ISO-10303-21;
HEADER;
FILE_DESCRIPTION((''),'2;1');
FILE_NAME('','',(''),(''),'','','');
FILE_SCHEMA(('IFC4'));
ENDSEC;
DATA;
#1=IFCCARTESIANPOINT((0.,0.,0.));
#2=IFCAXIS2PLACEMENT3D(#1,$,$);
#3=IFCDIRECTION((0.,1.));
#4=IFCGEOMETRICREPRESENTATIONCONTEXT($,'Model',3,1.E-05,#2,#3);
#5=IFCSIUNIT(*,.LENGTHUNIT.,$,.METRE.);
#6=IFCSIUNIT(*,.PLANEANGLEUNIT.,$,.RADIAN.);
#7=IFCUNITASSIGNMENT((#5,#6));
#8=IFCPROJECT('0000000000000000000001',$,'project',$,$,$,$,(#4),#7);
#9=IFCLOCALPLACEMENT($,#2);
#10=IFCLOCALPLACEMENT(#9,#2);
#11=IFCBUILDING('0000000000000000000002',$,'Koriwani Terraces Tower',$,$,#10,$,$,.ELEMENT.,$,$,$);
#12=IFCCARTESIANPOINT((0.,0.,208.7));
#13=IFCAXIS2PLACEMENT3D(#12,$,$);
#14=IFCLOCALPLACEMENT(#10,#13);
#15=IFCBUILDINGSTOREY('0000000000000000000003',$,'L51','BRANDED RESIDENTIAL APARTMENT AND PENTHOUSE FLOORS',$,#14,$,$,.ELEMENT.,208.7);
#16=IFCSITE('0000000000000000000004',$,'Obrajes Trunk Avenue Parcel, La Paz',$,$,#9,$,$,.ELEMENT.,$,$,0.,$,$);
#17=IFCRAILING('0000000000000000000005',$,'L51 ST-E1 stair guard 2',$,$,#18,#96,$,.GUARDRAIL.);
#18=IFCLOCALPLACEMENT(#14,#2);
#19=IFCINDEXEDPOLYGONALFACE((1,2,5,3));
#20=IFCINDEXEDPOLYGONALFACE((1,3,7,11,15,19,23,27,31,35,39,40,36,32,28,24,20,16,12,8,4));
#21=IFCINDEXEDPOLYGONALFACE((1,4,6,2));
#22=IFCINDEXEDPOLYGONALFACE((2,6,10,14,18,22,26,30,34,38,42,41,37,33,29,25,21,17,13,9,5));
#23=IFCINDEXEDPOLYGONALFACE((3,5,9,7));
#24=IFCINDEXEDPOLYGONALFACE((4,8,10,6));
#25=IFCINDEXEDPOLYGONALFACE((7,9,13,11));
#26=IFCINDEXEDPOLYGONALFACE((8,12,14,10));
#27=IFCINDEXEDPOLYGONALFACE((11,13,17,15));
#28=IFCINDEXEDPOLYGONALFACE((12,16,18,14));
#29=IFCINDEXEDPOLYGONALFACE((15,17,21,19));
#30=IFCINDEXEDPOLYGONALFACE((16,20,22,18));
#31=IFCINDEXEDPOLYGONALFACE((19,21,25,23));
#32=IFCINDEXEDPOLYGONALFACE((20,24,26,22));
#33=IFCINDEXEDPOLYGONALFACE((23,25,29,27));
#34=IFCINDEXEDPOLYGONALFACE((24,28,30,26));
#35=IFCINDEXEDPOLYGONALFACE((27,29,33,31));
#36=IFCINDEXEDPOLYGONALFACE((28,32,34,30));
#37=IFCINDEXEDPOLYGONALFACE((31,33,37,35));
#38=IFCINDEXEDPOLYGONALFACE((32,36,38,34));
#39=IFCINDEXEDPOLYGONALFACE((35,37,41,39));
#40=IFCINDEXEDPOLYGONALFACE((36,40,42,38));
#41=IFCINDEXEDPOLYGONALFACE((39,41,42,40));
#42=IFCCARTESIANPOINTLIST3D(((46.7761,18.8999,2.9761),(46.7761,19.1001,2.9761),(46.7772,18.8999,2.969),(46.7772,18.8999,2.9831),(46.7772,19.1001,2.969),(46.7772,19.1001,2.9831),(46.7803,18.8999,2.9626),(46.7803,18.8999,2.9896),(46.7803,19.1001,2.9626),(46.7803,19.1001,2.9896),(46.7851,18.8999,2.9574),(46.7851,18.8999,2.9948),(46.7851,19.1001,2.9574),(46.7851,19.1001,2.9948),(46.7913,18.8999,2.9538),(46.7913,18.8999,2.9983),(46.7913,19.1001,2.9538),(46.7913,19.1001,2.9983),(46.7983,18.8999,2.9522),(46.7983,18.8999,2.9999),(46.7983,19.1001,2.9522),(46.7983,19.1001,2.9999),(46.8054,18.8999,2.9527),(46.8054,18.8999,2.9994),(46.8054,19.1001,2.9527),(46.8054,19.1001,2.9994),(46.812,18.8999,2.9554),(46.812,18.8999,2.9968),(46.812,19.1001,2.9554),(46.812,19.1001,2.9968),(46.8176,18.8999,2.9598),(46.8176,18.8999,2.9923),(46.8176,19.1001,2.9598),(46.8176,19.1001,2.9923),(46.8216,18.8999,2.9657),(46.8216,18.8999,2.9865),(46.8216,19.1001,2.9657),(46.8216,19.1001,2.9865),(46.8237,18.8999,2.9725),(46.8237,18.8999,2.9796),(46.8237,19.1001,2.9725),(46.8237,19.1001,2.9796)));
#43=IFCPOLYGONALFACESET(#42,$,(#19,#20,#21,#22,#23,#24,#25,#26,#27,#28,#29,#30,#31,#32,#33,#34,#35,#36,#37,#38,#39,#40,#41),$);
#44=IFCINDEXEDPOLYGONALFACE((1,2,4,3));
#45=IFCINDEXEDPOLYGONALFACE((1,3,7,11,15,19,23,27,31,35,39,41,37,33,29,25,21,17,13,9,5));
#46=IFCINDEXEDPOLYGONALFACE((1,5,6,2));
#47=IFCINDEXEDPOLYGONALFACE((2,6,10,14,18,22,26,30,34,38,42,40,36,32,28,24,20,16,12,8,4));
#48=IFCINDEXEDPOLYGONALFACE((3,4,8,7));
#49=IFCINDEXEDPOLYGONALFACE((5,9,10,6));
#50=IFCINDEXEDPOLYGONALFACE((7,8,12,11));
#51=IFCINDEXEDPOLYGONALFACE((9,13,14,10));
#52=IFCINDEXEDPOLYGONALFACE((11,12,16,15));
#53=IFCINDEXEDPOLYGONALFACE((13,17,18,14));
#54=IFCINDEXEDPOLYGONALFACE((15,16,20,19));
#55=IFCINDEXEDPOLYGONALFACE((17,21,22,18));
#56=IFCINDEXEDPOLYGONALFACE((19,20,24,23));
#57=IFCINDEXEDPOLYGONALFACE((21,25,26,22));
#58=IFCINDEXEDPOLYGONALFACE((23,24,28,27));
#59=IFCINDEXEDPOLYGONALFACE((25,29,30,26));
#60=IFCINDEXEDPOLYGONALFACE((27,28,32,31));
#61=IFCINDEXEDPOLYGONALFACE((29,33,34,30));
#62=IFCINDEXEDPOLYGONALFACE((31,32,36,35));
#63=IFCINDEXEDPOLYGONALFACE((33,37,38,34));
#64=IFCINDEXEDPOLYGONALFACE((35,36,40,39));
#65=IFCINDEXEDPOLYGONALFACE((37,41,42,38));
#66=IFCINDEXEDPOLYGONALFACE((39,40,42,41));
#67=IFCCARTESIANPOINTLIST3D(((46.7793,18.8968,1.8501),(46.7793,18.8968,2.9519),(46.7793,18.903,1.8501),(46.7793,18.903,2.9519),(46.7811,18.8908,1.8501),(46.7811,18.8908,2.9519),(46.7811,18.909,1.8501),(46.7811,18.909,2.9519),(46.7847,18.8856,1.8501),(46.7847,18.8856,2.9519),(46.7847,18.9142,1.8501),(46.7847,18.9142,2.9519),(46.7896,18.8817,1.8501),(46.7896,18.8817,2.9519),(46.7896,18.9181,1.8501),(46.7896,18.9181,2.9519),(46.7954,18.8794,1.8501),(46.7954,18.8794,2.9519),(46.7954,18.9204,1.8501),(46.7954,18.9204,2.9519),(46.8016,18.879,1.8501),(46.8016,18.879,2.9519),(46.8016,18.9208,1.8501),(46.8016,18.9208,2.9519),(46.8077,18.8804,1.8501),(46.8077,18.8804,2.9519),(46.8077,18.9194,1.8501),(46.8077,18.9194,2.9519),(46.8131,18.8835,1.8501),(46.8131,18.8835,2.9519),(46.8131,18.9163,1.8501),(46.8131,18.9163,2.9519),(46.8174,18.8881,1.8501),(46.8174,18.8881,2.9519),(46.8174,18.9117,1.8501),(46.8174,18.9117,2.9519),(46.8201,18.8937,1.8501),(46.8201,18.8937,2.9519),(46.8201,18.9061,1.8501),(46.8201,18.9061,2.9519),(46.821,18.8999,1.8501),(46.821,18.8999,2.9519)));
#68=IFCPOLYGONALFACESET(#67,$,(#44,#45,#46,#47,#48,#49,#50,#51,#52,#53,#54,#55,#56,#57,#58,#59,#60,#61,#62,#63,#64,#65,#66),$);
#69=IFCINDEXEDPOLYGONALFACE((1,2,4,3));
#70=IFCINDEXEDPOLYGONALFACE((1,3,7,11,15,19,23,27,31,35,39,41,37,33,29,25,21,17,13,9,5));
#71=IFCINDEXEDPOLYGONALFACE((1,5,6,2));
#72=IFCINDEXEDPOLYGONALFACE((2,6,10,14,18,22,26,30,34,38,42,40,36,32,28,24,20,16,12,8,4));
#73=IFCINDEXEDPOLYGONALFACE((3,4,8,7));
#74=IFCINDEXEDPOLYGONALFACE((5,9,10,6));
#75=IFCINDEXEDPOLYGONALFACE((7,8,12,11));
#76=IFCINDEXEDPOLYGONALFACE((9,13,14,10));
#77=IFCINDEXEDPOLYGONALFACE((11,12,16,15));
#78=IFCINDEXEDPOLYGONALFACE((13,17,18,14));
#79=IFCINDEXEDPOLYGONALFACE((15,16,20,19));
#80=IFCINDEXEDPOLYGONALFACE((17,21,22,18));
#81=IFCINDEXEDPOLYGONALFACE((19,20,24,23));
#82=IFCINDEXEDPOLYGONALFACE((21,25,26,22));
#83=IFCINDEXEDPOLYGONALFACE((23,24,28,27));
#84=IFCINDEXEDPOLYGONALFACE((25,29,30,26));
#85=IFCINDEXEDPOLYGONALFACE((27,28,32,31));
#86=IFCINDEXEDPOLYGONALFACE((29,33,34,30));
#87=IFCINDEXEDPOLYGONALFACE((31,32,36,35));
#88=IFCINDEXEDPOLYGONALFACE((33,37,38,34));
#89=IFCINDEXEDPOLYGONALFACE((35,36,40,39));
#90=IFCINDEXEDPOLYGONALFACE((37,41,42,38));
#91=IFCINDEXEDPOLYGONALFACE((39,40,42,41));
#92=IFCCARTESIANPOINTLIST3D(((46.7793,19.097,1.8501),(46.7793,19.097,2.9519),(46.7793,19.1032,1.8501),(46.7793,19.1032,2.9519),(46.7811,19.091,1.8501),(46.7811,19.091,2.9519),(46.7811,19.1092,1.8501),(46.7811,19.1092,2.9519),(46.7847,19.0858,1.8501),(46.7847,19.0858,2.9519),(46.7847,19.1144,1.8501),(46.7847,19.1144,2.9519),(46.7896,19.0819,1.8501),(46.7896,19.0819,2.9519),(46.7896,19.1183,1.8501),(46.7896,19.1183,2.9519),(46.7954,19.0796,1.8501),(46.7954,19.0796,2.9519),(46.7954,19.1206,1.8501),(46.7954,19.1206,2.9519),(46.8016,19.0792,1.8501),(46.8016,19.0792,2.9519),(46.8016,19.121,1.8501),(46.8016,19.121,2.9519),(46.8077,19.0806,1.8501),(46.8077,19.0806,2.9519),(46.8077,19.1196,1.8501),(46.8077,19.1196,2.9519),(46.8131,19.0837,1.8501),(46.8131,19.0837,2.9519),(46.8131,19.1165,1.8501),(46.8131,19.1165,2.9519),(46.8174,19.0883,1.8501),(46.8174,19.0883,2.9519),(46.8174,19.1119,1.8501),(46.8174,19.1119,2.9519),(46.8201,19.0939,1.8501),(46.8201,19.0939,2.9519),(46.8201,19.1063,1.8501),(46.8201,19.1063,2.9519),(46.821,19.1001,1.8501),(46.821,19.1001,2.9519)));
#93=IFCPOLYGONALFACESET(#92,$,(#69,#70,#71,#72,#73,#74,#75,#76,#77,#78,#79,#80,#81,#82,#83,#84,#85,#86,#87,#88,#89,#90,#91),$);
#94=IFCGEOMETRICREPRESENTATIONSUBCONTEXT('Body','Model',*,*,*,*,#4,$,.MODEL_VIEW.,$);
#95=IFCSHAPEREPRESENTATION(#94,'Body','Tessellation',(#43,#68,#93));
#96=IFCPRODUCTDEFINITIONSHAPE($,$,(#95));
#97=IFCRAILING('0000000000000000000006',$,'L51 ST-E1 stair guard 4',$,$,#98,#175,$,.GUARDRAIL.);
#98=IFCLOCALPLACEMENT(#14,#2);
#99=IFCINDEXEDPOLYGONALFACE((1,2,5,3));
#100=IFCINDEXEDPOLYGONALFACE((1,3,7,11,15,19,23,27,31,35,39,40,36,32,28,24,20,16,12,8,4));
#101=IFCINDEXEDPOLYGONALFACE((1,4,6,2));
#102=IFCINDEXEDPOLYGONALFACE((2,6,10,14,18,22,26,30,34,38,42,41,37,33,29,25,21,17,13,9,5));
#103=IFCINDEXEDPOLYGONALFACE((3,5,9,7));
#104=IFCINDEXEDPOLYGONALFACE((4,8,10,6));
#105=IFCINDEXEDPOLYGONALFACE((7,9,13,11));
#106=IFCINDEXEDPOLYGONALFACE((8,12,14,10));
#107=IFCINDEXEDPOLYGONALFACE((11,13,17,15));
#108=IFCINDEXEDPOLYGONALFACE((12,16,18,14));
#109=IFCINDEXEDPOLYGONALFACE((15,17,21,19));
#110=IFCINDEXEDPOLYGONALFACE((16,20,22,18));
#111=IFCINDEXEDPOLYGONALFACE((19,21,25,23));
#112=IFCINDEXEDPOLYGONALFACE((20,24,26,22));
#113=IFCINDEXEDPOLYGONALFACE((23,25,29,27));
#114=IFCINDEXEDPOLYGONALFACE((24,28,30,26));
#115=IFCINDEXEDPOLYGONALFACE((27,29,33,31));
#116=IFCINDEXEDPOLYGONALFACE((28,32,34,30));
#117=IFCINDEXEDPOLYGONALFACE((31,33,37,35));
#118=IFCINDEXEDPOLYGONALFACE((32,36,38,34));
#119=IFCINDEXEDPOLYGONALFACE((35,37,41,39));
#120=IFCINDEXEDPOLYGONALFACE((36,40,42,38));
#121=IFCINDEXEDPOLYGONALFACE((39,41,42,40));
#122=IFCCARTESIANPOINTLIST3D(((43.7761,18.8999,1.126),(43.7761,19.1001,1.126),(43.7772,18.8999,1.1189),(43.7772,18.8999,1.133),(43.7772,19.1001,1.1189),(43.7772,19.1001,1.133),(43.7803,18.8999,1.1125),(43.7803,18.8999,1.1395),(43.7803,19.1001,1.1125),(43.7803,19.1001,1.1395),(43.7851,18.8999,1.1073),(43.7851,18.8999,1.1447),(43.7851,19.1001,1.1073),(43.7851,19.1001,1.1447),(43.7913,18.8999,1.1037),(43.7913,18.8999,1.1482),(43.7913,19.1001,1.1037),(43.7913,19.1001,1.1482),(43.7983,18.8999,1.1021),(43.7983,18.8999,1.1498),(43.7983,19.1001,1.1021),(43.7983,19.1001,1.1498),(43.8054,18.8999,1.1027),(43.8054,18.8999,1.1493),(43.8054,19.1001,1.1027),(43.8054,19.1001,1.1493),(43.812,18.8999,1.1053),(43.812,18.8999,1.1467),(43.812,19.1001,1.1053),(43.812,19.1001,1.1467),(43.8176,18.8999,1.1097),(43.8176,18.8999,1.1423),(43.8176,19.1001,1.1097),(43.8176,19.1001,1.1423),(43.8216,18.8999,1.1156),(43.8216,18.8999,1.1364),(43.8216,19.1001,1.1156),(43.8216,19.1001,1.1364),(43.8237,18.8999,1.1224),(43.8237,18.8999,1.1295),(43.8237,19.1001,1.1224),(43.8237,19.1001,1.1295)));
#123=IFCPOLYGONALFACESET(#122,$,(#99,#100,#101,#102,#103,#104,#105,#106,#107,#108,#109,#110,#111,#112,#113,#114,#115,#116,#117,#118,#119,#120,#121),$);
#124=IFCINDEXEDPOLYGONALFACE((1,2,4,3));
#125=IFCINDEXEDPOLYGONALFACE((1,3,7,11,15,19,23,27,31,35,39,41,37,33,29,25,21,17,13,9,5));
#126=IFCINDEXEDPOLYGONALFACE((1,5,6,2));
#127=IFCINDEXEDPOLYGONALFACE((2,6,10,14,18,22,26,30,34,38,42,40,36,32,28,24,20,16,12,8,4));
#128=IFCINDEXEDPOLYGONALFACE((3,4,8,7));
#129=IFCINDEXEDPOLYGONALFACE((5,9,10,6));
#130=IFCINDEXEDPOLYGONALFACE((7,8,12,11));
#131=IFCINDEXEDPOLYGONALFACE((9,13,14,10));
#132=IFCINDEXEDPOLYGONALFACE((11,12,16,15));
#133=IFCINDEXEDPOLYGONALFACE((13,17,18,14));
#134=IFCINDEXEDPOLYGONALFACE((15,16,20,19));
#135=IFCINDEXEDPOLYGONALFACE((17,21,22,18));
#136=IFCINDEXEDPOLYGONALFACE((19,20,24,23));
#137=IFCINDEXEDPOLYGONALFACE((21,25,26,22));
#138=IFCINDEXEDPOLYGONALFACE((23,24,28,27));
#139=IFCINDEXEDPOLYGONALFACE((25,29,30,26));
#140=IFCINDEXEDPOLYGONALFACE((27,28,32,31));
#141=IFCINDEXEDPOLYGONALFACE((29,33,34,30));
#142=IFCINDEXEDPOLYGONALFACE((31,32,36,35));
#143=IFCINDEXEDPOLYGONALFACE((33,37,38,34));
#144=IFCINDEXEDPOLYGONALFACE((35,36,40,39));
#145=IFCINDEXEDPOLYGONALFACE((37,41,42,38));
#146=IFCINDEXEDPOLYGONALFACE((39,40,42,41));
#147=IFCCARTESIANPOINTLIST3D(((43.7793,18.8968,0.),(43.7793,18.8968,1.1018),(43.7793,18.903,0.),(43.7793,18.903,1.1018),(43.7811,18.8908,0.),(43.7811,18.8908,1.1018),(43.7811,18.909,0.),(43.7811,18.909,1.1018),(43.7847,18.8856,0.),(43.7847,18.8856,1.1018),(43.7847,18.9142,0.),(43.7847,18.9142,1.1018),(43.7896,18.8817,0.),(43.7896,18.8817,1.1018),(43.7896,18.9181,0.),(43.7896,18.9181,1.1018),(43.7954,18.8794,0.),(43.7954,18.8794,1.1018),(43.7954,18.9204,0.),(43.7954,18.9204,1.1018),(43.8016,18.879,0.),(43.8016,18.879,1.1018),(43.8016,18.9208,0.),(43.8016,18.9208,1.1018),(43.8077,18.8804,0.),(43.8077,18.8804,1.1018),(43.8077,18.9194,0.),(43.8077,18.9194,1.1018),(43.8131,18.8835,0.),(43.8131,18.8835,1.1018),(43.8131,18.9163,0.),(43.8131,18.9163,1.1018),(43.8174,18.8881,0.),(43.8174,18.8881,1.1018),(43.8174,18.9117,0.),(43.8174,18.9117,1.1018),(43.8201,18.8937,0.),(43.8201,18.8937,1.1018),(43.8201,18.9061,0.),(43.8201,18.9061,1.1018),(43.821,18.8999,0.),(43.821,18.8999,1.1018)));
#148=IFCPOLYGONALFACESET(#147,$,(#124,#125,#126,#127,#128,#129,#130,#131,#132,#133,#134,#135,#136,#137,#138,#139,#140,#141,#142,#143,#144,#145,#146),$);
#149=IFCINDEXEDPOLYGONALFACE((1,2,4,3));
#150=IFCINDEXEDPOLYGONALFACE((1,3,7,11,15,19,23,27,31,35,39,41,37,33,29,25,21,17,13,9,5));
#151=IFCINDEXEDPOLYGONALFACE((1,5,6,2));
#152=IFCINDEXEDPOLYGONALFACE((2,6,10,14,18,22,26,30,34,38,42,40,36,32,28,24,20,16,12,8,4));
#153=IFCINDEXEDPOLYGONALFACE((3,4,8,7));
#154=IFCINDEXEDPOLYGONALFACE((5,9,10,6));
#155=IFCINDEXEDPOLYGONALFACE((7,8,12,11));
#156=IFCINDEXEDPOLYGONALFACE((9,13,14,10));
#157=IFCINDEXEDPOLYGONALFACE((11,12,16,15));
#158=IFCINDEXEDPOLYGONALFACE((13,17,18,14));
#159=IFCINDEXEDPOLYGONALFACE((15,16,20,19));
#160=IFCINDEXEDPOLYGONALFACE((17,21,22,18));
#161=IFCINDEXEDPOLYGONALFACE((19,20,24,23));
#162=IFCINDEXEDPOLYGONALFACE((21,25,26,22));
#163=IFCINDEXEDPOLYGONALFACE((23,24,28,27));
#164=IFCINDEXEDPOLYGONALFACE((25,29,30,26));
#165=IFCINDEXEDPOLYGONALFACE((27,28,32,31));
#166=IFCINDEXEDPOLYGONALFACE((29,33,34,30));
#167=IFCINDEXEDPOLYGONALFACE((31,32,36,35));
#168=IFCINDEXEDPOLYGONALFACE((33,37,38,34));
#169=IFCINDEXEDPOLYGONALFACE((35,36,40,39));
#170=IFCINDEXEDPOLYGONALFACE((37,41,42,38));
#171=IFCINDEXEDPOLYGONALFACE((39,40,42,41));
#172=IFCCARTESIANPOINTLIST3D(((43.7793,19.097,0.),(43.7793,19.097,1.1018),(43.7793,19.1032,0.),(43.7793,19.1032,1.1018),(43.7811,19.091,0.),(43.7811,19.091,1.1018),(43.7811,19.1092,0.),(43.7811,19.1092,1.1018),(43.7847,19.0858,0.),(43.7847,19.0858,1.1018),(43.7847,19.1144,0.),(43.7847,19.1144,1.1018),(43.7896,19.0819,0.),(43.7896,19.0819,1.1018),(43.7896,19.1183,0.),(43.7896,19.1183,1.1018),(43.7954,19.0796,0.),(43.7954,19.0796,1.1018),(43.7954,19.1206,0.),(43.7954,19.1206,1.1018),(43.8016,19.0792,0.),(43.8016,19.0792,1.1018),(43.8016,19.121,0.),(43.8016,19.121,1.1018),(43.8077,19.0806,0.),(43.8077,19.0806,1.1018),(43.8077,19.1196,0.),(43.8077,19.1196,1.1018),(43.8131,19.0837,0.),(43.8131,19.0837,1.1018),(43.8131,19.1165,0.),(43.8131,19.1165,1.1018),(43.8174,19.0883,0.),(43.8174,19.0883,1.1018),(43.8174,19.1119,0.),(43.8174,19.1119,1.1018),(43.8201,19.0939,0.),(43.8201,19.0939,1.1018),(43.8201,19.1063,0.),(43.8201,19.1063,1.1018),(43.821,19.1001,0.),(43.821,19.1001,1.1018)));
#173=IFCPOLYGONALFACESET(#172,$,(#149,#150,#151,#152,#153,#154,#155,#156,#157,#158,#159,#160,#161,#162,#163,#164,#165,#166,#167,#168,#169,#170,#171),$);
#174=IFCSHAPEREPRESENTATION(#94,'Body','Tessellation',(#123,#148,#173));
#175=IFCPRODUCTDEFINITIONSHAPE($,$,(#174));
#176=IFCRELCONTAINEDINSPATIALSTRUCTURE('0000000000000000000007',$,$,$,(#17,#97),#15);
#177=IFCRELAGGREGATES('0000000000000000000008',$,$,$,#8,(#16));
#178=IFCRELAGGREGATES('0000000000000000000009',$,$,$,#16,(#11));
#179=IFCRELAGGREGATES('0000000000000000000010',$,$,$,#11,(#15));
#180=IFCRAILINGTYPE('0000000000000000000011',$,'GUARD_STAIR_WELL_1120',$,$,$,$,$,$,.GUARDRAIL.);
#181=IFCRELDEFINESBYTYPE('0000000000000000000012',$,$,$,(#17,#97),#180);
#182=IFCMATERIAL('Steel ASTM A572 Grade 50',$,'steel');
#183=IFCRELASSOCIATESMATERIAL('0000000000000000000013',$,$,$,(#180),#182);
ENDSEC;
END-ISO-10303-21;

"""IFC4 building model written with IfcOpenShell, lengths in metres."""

from ifc_helpers import new_model, si_unit, direction, frame, origin, origin_2d, place, context, subcontext, project, spatial, circle, extrude, material, type_object, element, save


model = new_model("IFC4")

# Units and contexts
model_context = context("Model", 3, precision=1e-05, world=origin(), true_north=direction((0.0, 1.0)))
body_context = subcontext(model_context, "Body", "Model", "MODEL_VIEW")
ifc_project = project(units=[si_unit("LENGTHUNIT", "METRE"), si_unit("PLANEANGLEUNIT", "RADIAN")], contexts=[model_context])

# Site, building, storey
site_placement = place(None, origin())
site = spatial("IfcSite", under=ifc_project, at=site_placement, Name="Obrajes Trunk Avenue Parcel, La Paz", CompositionType="ELEMENT", RefElevation=0.0)
building_placement = place(site_placement, origin())
building = spatial("IfcBuilding", under=site, at=building_placement, Name="Koriwani Terraces Tower", CompositionType="ELEMENT")
storey_placement = place(building_placement, frame((0.0, 0.0, 208.7)))
storey = spatial("IfcBuildingStorey", under=building, at=storey_placement, Name="L51", Description="BRANDED RESIDENTIAL APARTMENT AND PENTHOUSE FLOORS", CompositionType="ELEMENT", Elevation=208.7)

# Shared definitions
ifc_material_1 = material(Name="Steel ASTM A572 Grade 50", Category="steel")

# Railings
railing_type_1 = type_object("IfcRailingType", Name="GUARD_STAIR_WELL_1120", PredefinedType="GUARDRAIL", material=ifc_material_1)
for number, where, name in (
    (1, (46.8, 18.8999, 1.8501), "L51 ST-E1 stair guard 2"),
    (2, (43.8, 18.8999, 0.0), "L51 ST-E1 stair guard 4"),
):
    element("IfcRailing", number, at=place(storey_placement, frame(where)), inside=storey, type_object=railing_type_1, Name=name, PredefinedType="GUARDRAIL", context=body_context, shape_type="SweptSolid", body=[
        extrude(circle(Radius=0.0239, at=origin_2d()), frame((0.0, 0.0, 1.126), z_axis=(0.0, 1.0, 0.0), x_axis=(-1.0, 0.0, 0.0)), (0.0, 0.0, 1.0), 0.2002),
        extrude(circle(Radius=0.021, at=origin_2d()), origin(), (0.0, 0.0, 1.0), 1.1018),
        extrude(circle(Radius=0.021, at=origin_2d()), frame((0.0, 0.2002, 0.0)), (0.0, 0.0, 1.0), 1.1018),
    ])

save(model, "model.ifc")
